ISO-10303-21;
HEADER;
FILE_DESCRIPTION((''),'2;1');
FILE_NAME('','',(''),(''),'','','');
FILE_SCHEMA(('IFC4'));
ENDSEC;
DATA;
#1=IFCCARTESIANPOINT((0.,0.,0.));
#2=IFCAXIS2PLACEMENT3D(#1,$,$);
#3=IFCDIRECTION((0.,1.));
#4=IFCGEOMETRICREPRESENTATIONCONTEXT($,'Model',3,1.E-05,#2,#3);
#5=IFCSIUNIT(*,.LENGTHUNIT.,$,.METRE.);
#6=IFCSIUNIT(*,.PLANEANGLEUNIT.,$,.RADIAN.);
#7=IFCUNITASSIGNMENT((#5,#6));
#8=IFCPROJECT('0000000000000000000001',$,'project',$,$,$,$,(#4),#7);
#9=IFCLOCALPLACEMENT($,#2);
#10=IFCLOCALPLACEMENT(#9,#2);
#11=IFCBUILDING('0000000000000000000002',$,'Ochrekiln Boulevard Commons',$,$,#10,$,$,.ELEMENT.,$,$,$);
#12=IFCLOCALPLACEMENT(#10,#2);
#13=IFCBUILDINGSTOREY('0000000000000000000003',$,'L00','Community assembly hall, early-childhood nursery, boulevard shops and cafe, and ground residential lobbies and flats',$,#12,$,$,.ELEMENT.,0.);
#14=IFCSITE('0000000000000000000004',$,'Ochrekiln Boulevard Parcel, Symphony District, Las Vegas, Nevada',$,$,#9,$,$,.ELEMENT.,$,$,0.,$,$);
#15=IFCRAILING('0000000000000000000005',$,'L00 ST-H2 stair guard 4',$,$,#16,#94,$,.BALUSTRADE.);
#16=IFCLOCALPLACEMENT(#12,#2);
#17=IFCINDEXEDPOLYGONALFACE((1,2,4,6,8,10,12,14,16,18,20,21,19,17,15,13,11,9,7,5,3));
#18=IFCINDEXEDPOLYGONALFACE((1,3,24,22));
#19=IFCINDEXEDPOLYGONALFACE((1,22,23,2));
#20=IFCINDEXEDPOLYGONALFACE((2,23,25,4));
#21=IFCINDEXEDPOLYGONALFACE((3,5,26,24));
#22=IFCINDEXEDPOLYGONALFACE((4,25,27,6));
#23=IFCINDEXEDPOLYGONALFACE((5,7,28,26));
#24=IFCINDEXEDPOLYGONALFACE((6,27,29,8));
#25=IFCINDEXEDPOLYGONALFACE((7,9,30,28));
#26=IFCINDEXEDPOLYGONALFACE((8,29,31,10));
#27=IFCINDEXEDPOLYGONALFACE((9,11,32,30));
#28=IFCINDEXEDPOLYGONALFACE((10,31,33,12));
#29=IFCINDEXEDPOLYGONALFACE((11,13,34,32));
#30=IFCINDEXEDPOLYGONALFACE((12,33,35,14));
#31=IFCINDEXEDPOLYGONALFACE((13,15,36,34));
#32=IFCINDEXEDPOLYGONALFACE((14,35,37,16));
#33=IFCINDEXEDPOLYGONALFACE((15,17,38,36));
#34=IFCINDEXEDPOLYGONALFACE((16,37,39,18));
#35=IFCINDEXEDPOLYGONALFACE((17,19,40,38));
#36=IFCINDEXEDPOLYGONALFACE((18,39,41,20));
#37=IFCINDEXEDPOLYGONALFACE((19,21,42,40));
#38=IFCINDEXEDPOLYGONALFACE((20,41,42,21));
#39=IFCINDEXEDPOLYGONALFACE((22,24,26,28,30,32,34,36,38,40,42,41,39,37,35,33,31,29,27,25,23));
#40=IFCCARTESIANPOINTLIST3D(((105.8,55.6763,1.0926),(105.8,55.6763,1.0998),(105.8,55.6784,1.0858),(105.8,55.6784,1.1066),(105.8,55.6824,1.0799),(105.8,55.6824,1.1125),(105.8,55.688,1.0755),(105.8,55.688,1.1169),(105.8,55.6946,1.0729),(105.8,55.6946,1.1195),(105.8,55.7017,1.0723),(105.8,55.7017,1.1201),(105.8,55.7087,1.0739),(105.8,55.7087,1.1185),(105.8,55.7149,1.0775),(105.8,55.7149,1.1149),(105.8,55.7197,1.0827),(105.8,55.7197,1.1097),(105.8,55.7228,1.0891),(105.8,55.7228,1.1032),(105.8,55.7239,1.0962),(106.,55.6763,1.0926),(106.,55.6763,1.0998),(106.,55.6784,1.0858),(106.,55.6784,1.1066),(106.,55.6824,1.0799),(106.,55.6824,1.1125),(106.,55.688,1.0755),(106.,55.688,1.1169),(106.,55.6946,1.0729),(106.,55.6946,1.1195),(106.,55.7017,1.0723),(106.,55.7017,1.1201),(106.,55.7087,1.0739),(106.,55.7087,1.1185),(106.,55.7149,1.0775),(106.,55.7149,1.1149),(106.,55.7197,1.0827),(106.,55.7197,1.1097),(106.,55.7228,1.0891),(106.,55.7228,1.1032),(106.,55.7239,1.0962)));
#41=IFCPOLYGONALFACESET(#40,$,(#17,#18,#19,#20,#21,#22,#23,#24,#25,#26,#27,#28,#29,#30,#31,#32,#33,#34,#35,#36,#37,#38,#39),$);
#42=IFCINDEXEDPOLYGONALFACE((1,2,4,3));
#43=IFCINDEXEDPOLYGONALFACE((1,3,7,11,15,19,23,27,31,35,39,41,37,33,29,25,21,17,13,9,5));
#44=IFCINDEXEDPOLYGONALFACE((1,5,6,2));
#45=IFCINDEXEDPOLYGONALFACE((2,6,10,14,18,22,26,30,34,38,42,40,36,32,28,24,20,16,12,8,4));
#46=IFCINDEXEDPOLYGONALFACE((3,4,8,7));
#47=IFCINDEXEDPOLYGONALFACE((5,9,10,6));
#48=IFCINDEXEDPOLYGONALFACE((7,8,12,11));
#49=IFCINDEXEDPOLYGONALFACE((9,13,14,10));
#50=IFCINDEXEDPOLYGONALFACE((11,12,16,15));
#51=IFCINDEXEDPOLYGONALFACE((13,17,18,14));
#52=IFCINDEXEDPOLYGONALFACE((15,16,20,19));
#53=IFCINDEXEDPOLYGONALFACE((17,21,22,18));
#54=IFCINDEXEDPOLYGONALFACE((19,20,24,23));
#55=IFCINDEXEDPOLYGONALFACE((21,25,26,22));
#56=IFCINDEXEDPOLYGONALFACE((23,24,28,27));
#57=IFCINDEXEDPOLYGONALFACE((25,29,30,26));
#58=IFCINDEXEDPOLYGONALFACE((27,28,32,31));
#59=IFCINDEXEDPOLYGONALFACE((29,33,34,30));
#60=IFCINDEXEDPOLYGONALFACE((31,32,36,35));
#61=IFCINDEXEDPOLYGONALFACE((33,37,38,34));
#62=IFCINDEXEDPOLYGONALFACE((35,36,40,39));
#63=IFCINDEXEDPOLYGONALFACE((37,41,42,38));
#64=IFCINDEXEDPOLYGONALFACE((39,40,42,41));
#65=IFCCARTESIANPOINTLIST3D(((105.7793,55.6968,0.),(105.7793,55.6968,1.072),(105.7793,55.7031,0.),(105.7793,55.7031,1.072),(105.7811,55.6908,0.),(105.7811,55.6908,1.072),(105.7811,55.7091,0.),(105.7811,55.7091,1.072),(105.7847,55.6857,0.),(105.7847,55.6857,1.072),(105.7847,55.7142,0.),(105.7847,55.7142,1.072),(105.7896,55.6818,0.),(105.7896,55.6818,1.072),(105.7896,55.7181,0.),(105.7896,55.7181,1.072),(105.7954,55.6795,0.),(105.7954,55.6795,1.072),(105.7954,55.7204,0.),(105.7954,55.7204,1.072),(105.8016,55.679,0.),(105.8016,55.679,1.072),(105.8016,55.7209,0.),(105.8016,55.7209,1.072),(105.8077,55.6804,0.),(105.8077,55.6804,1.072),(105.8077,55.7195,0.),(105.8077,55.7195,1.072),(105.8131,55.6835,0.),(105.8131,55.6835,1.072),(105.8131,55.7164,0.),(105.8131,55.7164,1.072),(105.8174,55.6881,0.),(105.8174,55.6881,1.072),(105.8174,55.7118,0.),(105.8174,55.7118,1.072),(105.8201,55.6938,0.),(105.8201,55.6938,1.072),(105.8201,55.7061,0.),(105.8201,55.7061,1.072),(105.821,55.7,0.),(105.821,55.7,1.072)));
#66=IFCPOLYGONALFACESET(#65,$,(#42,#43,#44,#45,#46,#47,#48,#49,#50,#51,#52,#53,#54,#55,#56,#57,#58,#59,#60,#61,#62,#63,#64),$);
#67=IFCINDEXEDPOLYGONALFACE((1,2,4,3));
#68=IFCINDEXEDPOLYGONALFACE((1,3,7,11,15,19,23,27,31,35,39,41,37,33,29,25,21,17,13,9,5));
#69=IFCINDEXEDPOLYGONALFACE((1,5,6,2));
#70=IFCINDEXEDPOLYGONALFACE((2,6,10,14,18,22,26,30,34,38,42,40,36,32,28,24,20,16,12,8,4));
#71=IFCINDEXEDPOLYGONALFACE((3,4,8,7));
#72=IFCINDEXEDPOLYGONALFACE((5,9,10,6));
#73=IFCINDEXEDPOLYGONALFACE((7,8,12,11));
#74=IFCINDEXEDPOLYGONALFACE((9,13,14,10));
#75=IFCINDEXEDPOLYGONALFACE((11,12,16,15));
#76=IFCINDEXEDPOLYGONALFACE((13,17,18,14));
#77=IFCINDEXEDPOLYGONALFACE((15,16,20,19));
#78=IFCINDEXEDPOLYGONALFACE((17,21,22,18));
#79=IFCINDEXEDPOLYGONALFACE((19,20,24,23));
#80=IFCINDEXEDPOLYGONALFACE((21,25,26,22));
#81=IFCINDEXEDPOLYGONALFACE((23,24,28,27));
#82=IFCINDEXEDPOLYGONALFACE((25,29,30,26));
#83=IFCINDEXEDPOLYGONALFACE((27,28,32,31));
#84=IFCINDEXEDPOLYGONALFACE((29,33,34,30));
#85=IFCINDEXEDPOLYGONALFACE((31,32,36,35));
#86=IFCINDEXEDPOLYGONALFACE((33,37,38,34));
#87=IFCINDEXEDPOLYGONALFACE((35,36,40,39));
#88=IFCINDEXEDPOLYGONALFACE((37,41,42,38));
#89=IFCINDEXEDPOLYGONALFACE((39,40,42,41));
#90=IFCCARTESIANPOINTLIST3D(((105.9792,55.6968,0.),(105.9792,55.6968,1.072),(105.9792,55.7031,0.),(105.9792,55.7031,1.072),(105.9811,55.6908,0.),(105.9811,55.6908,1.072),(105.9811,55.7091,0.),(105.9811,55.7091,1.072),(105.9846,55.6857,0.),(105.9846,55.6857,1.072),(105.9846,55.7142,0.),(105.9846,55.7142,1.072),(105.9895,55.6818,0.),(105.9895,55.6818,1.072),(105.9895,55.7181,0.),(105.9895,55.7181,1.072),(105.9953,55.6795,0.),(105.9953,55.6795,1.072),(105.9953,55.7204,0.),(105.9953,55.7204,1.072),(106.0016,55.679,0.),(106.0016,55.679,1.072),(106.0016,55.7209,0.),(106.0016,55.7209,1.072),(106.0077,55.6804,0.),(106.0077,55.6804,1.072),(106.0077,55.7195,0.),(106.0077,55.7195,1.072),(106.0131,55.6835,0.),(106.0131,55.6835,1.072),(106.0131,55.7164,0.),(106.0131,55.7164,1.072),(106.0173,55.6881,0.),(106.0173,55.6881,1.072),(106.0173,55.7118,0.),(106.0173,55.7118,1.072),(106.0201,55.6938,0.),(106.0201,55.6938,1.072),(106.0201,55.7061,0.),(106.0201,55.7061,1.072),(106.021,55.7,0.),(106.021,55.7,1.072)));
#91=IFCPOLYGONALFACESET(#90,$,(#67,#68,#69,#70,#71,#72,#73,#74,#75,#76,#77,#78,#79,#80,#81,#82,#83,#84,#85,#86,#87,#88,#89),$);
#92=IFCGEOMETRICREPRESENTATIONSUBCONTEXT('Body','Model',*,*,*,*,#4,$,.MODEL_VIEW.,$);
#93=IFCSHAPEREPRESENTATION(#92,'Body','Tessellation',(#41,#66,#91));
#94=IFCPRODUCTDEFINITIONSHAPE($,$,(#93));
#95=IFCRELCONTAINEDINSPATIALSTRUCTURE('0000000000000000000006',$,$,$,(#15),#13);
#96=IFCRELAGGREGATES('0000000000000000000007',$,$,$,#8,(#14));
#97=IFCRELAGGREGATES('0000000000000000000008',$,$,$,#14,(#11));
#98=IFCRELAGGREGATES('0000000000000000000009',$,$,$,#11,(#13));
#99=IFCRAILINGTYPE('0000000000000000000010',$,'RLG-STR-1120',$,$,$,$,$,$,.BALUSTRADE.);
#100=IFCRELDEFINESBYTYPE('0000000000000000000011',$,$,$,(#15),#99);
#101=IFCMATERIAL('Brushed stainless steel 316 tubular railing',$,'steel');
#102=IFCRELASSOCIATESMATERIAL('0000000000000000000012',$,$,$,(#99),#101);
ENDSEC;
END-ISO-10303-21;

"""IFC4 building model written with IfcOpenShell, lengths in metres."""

from ifc_helpers import new_model, si_unit, direction, frame, origin, origin_2d, place, context, subcontext, project, spatial, circle, extrude, material, type_object, element, save


model = new_model("IFC4")

# Units and contexts
model_context = context("Model", 3, precision=1e-05, world=origin(), true_north=direction((0.0, 1.0)))
body_context = subcontext(model_context, "Body", "Model", "MODEL_VIEW")
ifc_project = project(units=[si_unit("LENGTHUNIT", "METRE"), si_unit("PLANEANGLEUNIT", "RADIAN")], contexts=[model_context])

# Site, building, storey
site_placement = place(None, origin())
site = spatial("IfcSite", under=ifc_project, at=site_placement, Name="Ochrekiln Boulevard Parcel, Symphony District, Las Vegas, Nevada", CompositionType="ELEMENT", RefElevation=0.0)
building_placement = place(site_placement, origin())
building = spatial("IfcBuilding", under=site, at=building_placement, Name="Ochrekiln Boulevard Commons", CompositionType="ELEMENT")
storey_placement = place(building_placement, origin())
storey = spatial("IfcBuildingStorey", under=building, at=storey_placement, Name="L00", Description="Community assembly hall, early-childhood nursery, boulevard shops and cafe, and ground residential lobbies and flats", CompositionType="ELEMENT", Elevation=0.0)

# Railing
ifc_material_1 = material(Name="Brushed stainless steel 316 tubular railing", Category="steel")
railing_type_1 = type_object("IfcRailingType", Name="RLG-STR-1120", PredefinedType="BALUSTRADE", material=ifc_material_1)
railing_1_placement = place(storey_placement, frame((105.8, 55.7, 0.0)))
element("IfcRailing", 1, at=railing_1_placement, inside=storey, type_object=railing_type_1, Name="L00 ST-H2 stair guard 4", PredefinedType="BALUSTRADE", context=body_context, shape_type="SweptSolid", body=[
    extrude(circle(Radius=0.0239, at=origin_2d()), frame((0.0, 0.0, 1.0962), z_axis=(1.0, 0.0, 0.0), x_axis=(0.0, 1.0, 0.0)), (0.0, 0.0, 1.0), 0.2),
    extrude(circle(Radius=0.021, at=origin_2d()), origin(), (0.0, 0.0, 1.0), 1.072),
    extrude(circle(Radius=0.021, at=origin_2d()), frame((0.2, 0.0, 0.0)), (0.0, 0.0, 1.0), 1.072),
])

save(model, "model.ifc")
